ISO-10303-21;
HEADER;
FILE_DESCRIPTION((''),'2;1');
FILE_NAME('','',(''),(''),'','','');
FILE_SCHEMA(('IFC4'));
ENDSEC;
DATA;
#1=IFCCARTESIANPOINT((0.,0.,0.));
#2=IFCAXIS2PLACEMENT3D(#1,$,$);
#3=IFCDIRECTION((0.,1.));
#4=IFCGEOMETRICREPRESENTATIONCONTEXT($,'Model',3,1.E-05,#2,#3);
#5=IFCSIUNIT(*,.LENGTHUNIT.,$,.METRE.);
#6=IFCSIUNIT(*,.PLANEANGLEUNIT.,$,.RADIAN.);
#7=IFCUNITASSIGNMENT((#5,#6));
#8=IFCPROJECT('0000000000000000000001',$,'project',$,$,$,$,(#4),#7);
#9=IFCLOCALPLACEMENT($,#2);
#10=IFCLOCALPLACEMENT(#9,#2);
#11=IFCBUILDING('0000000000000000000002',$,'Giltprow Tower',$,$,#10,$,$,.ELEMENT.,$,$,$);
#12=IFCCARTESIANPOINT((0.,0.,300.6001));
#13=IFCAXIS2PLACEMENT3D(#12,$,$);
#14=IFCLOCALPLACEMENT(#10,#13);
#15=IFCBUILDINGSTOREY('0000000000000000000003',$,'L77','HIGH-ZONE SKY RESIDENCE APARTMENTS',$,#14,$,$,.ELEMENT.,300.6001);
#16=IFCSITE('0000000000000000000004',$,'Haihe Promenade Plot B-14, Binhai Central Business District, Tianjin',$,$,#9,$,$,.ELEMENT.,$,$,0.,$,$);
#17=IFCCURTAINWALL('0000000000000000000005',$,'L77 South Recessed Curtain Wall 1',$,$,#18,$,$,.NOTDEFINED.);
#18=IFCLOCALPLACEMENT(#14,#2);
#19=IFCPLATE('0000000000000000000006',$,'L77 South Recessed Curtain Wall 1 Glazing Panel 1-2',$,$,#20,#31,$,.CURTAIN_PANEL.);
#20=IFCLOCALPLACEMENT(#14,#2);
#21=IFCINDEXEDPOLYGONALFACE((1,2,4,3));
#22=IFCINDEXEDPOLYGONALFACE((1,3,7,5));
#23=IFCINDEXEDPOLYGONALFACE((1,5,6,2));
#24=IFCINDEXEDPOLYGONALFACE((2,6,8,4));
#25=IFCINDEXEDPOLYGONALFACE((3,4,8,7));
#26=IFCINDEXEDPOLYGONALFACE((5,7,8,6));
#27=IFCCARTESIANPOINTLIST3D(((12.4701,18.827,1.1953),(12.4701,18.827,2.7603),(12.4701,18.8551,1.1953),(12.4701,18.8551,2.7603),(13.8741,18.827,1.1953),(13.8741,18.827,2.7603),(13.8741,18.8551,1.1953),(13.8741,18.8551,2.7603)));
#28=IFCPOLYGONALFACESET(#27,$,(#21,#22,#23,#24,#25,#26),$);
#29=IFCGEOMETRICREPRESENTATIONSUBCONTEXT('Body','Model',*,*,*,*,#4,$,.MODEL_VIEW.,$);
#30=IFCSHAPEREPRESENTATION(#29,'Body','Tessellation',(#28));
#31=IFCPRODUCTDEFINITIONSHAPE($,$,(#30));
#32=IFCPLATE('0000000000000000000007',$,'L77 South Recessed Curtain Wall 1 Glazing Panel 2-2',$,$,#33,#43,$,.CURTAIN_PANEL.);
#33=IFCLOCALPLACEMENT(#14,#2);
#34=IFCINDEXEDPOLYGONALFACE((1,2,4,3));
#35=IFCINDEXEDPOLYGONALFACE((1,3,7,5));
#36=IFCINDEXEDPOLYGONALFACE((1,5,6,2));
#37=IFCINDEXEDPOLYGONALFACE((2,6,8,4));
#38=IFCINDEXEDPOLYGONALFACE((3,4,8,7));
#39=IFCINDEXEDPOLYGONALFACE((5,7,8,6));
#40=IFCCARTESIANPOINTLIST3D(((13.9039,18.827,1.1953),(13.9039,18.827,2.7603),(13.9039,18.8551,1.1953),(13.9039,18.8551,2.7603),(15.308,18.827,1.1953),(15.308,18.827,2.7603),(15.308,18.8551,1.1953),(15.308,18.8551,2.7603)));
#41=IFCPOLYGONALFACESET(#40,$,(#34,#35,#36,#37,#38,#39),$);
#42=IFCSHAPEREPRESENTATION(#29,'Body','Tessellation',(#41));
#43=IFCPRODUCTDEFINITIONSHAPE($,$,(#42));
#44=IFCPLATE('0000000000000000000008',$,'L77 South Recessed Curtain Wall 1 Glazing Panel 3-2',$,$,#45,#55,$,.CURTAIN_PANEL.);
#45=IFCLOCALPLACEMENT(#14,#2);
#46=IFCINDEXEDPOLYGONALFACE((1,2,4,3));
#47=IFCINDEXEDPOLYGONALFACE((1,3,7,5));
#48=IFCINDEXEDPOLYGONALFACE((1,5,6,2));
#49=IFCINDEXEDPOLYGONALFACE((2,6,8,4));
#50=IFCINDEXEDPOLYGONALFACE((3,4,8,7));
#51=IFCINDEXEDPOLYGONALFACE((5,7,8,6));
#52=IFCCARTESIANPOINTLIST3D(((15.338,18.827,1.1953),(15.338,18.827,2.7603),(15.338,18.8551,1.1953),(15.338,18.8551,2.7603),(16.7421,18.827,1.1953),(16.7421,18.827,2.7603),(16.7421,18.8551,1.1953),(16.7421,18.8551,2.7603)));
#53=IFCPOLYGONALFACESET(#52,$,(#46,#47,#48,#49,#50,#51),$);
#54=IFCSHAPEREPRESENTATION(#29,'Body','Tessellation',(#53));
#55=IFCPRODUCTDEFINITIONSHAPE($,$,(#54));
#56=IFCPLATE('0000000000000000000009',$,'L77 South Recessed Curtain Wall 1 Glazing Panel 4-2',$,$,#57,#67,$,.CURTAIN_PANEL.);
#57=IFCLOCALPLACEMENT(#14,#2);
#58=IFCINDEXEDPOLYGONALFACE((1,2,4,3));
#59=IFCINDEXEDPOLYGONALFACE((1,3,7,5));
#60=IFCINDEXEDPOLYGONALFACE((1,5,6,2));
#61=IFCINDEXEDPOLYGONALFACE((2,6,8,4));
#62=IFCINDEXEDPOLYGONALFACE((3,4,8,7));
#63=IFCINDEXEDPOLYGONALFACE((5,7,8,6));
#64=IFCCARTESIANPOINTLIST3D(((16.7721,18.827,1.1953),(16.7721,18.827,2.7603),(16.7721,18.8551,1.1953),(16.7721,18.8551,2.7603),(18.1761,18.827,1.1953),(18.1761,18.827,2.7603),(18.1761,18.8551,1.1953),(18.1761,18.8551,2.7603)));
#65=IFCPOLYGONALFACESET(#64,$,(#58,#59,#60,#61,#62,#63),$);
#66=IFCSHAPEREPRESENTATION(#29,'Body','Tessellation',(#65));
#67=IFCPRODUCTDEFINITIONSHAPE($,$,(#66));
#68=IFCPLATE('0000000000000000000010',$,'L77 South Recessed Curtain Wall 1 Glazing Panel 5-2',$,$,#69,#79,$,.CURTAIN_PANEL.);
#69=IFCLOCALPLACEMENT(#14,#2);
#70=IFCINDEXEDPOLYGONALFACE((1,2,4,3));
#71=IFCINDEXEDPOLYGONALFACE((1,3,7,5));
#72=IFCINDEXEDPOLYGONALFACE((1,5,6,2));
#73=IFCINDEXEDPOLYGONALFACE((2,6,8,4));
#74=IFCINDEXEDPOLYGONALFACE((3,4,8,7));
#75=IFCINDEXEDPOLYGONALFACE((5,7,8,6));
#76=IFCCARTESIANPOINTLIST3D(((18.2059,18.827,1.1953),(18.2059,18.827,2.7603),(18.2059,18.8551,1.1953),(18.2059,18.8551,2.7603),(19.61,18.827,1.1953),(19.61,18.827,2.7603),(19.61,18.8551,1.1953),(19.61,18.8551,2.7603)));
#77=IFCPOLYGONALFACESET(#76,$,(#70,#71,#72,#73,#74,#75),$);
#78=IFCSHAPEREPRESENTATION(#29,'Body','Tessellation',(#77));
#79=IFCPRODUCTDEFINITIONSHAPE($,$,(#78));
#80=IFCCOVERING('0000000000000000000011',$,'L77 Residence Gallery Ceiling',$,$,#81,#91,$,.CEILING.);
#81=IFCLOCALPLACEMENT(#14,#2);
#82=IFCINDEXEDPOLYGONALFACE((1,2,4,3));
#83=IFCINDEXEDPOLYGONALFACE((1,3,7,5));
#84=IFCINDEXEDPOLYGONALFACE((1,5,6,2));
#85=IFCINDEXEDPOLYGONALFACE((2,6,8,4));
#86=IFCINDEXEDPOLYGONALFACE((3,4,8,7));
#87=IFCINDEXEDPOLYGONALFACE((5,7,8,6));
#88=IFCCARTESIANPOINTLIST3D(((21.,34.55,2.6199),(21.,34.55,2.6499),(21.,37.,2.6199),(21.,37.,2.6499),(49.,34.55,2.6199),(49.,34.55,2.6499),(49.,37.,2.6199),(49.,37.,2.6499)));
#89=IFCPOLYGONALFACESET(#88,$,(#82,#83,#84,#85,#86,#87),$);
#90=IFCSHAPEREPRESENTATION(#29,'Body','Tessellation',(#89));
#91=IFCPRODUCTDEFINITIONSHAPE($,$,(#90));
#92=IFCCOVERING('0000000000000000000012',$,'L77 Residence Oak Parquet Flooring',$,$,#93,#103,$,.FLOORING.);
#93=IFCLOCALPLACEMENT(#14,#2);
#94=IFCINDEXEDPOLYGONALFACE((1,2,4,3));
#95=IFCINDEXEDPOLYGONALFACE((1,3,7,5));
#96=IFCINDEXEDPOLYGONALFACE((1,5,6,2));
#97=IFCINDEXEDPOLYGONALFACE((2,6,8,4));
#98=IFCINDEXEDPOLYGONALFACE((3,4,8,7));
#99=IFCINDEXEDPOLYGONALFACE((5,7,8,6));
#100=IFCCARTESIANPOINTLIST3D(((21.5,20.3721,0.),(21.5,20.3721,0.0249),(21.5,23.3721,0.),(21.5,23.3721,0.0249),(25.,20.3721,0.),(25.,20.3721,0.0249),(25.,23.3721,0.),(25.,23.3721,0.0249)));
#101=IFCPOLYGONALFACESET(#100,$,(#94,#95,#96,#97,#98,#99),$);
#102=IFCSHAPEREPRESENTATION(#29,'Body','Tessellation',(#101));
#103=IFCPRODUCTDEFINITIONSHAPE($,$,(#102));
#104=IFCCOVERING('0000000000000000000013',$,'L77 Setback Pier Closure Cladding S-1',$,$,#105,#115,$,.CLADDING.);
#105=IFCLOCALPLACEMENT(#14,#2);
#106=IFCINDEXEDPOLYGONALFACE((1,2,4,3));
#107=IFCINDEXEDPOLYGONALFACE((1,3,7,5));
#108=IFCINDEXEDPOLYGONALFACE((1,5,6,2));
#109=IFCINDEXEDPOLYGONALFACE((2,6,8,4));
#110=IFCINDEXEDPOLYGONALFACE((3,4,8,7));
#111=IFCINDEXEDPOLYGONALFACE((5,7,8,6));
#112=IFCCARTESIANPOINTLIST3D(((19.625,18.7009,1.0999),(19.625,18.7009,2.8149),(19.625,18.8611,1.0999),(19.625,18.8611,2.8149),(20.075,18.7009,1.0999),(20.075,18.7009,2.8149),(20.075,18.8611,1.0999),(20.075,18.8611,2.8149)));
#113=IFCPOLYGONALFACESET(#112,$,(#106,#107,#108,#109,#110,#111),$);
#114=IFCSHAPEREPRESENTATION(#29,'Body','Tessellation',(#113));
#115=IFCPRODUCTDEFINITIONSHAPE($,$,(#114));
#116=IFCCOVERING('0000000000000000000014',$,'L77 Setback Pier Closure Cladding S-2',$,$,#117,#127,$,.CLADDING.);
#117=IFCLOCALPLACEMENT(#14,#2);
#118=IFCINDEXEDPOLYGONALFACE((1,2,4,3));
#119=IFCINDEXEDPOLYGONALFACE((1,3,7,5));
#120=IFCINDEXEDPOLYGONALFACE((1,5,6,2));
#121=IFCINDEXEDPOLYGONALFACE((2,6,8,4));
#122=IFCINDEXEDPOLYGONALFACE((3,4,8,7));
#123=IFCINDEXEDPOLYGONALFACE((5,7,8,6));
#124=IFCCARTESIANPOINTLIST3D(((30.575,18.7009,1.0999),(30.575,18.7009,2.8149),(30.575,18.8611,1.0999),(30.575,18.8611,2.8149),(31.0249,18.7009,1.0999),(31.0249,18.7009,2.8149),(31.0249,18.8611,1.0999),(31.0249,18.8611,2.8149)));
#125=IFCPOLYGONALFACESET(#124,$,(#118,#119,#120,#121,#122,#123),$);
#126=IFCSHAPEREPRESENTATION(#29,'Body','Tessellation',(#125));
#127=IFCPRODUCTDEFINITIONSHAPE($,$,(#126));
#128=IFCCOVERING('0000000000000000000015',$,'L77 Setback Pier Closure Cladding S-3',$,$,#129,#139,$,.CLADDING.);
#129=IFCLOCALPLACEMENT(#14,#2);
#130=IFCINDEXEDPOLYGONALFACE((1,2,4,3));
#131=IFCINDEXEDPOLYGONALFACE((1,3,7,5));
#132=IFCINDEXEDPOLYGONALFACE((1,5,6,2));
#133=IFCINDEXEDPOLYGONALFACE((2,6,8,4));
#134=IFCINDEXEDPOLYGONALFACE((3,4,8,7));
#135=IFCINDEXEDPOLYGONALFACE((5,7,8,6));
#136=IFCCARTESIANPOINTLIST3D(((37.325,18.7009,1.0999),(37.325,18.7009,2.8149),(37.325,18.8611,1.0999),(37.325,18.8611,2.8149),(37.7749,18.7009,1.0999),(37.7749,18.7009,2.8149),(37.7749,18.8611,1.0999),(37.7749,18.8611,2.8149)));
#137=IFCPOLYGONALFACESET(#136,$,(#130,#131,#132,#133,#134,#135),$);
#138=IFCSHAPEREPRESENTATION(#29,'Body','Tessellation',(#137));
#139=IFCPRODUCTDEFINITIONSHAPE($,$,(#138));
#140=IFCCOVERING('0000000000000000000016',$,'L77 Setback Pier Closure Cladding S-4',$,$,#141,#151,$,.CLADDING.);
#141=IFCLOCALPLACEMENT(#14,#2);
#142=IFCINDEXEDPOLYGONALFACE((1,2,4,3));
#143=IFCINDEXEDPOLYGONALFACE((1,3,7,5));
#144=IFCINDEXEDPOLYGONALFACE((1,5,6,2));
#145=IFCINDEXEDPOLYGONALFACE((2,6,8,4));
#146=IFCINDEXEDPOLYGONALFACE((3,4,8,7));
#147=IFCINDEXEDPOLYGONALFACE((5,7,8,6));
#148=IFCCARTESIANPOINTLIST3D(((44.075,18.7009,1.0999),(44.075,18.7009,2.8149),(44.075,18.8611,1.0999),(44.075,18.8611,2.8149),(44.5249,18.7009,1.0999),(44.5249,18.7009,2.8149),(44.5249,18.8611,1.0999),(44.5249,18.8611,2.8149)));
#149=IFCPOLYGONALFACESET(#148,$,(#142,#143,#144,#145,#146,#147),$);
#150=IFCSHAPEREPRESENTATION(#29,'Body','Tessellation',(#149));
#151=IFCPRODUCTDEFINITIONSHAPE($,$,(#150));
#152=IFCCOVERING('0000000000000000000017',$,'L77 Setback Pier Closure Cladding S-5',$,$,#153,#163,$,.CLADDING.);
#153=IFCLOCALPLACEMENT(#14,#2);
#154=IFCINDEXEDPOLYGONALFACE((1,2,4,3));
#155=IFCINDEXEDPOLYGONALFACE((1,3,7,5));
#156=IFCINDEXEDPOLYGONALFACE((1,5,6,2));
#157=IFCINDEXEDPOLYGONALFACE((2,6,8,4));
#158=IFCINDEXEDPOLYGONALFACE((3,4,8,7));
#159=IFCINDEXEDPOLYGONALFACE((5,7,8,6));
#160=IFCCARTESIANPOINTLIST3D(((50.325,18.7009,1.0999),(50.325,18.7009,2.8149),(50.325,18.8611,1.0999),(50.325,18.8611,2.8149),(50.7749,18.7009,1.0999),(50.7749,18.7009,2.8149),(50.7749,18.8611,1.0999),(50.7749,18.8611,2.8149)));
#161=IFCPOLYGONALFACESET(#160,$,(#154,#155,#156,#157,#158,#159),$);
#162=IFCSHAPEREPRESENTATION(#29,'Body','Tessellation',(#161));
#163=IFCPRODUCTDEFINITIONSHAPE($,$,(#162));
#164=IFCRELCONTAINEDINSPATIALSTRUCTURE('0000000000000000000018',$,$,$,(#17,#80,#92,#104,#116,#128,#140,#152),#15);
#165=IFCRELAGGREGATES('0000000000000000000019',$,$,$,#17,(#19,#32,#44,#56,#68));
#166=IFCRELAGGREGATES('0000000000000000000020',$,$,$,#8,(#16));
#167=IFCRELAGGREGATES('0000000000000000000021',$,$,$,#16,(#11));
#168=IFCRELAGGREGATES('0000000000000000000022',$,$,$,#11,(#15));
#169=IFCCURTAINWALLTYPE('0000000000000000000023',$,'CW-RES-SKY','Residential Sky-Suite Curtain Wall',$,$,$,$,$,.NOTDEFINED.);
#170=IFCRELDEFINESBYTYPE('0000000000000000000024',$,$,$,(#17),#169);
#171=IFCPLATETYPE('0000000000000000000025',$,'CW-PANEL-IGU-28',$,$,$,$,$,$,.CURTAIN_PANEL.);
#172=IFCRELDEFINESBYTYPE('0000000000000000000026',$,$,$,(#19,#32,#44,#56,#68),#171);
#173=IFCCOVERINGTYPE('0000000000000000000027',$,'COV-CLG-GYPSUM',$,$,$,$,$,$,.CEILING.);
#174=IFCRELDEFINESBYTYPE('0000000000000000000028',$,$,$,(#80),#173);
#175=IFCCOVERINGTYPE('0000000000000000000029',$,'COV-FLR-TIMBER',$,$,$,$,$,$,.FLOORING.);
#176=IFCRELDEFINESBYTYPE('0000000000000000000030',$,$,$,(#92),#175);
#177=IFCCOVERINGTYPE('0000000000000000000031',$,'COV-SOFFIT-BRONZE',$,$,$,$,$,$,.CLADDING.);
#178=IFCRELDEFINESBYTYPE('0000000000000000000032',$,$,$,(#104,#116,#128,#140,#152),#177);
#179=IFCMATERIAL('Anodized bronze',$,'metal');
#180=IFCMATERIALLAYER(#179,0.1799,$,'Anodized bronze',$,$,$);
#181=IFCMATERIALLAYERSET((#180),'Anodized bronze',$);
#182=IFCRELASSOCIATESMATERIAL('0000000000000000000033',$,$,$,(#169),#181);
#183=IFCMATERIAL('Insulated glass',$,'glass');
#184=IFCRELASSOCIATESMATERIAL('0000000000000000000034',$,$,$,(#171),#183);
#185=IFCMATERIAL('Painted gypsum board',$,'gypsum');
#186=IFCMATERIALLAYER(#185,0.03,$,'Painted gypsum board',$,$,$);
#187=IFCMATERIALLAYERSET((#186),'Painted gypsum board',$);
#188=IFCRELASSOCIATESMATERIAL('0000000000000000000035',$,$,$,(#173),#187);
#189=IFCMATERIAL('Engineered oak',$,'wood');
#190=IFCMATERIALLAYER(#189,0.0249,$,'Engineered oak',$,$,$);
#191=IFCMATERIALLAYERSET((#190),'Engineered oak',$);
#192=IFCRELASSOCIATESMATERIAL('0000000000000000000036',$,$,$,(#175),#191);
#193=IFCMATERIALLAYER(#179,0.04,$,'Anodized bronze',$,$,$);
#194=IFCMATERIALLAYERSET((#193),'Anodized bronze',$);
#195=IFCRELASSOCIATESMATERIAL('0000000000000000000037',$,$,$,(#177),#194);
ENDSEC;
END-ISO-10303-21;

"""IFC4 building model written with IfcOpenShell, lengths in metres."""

from ifc_helpers import new_model, si_unit, direction, frame, origin, origin_2d, place, context, subcontext, project, spatial, polyline, rectangle, outline, extrude, source, transform, mapped, material, layer, layer_set, type_object, element, aggregate, save


model = new_model("IFC4")

# Units and contexts
model_context = context("Model", 3, precision=1e-05, world=origin(), true_north=direction((0.0, 1.0)))
body_context = subcontext(model_context, "Body", "Model", "MODEL_VIEW")
ifc_project = project(units=[si_unit("LENGTHUNIT", "METRE"), si_unit("PLANEANGLEUNIT", "RADIAN")], contexts=[model_context])

# Site, building, storey
site_placement = place(None, origin())
site = spatial("IfcSite", under=ifc_project, at=site_placement, Name="Haihe Promenade Plot B-14, Binhai Central Business District, Tianjin", CompositionType="ELEMENT", RefElevation=0.0)
building_placement = place(site_placement, origin())
building = spatial("IfcBuilding", under=site, at=building_placement, Name="Giltprow Tower", CompositionType="ELEMENT")
storey_placement = place(building_placement, frame((0.0, 0.0, 300.6001)))
storey = spatial("IfcBuildingStorey", under=building, at=storey_placement, Name="L77", Description="HIGH-ZONE SKY RESIDENCE APARTMENTS", CompositionType="ELEMENT", Elevation=300.6001)

# Curtain wall
ifc_material_1 = material(Name="Anodized bronze", Category="metal")
ifc_layer_1 = layer(ifc_material_1, 0.1799, Name="Anodized bronze")
ifc_layer_set_1 = layer_set([ifc_layer_1], Name="Anodized bronze")
curtain_wall_type = type_object("IfcCurtainWallType", Name="CW-RES-SKY", Description="Residential Sky-Suite Curtain Wall", PredefinedType="NOTDEFINED", material=ifc_layer_set_1)
curtain_wall_placement = place(storey_placement, origin())
curtain_wall = element("IfcCurtainWall", 1, at=curtain_wall_placement, inside=storey, type_object=curtain_wall_type, Name="L77 South Recessed Curtain Wall 1", PredefinedType="NOTDEFINED")

# Plates
ifc_material_2 = material(Name="Insulated glass", Category="glass")
plate_type = type_object("IfcPlateType", Name="CW-PANEL-IGU-28", PredefinedType="CURTAIN_PANEL", material=ifc_material_2)
shared_shape_1 = source(origin(), body_context, "Body", "SweptSolid", [
    extrude(rectangle(XDim=1.4041, YDim=0.0281, at=origin_2d()), origin(), (0.0, 0.0, 1.0), 1.5649),
])
plate_1_placement = place(storey_placement, frame((13.1721, 18.8411, 1.1953), z_axis=(0.0, 0.0, 1.0), x_axis=(1.0, 0.0, 0.0)))
plate_1 = element("IfcPlate", 2, at=plate_1_placement, type_object=plate_type, Name="L77 South Recessed Curtain Wall 1 Glazing Panel 1-2", PredefinedType="CURTAIN_PANEL", context=body_context, shape_type="MappedRepresentation", body=[
    mapped(shared_shape_1, transform((0.0, 0.0, 0.0), x_axis=(1.0, 0.0, 0.0), y_axis=(0.0, 1.0, 0.0), z_axis=(0.0, 0.0, 1.0), scale=1.0)),
])
plate_2_placement = place(storey_placement, frame((14.606, 18.8411, 1.1953), z_axis=(0.0, 0.0, 1.0), x_axis=(1.0, 0.0, 0.0)))
plate_2 = element("IfcPlate", 3, at=plate_2_placement, type_object=plate_type, Name="L77 South Recessed Curtain Wall 1 Glazing Panel 2-2", PredefinedType="CURTAIN_PANEL", context=body_context, shape_type="MappedRepresentation", body=[
    mapped(shared_shape_1, transform((0.0, 0.0, 0.0), x_axis=(1.0, 0.0, 0.0), y_axis=(0.0, 1.0, 0.0), z_axis=(0.0, 0.0, 1.0), scale=1.0)),
])
plate_3_placement = place(storey_placement, frame((16.04, 18.8411, 1.1953), z_axis=(0.0, 0.0, 1.0), x_axis=(1.0, 0.0, 0.0)))
plate_3 = element("IfcPlate", 4, at=plate_3_placement, type_object=plate_type, Name="L77 South Recessed Curtain Wall 1 Glazing Panel 3-2", PredefinedType="CURTAIN_PANEL", context=body_context, shape_type="MappedRepresentation", body=[
    mapped(shared_shape_1, transform((0.0, 0.0, 0.0), x_axis=(1.0, 0.0, 0.0), y_axis=(0.0, 1.0, 0.0), z_axis=(0.0, 0.0, 1.0), scale=1.0)),
])
plate_4_placement = place(storey_placement, frame((17.4741, 18.8411, 1.1953), z_axis=(0.0, 0.0, 1.0), x_axis=(1.0, 0.0, 0.0)))
plate_4 = element("IfcPlate", 5, at=plate_4_placement, type_object=plate_type, Name="L77 South Recessed Curtain Wall 1 Glazing Panel 4-2", PredefinedType="CURTAIN_PANEL", context=body_context, shape_type="MappedRepresentation", body=[
    mapped(shared_shape_1, transform((0.0, 0.0, 0.0), x_axis=(1.0, 0.0, 0.0), y_axis=(0.0, 1.0, 0.0), z_axis=(0.0, 0.0, 1.0), scale=1.0)),
])
plate_5_placement = place(storey_placement, frame((18.908, 18.8411, 1.1953), z_axis=(0.0, 0.0, 1.0), x_axis=(1.0, 0.0, 0.0)))
plate_5 = element("IfcPlate", 6, at=plate_5_placement, type_object=plate_type, Name="L77 South Recessed Curtain Wall 1 Glazing Panel 5-2", PredefinedType="CURTAIN_PANEL", context=body_context, shape_type="MappedRepresentation", body=[
    mapped(shared_shape_1, transform((0.0, 0.0, 0.0), x_axis=(1.0, 0.0, 0.0), y_axis=(0.0, 1.0, 0.0), z_axis=(0.0, 0.0, 1.0), scale=1.0)),
])
aggregate(curtain_wall, [plate_1, plate_2, plate_3, plate_4, plate_5])

# Coverings
ifc_material_3 = material(Name="Painted gypsum board", Category="gypsum")
ifc_layer_2 = layer(ifc_material_3, 0.03, Name="Painted gypsum board")
ifc_layer_set_2 = layer_set([ifc_layer_2], Name="Painted gypsum board")
covering_type_1 = type_object("IfcCoveringType", Name="COV-CLG-GYPSUM", PredefinedType="CEILING", material=ifc_layer_set_2)
covering_1_placement = place(storey_placement, frame((0.0, 0.0, 2.6199)))
element("IfcCovering", 7, at=covering_1_placement, inside=storey, type_object=covering_type_1, Name="L77 Residence Gallery Ceiling", PredefinedType="CEILING", context=body_context, shape_type="SweptSolid", body=[
    extrude(outline(polyline([(21.0, 34.55), (49.0, 34.55), (49.0, 37.0), (21.0, 37.0), (21.0, 34.55)])), origin(), (0.0, 0.0, 1.0), 0.03),
])
ifc_material_4 = material(Name="Engineered oak", Category="wood")
ifc_layer_3 = layer(ifc_material_4, 0.0249, Name="Engineered oak")
ifc_layer_set_3 = layer_set([ifc_layer_3], Name="Engineered oak")
covering_type_2 = type_object("IfcCoveringType", Name="COV-FLR-TIMBER", PredefinedType="FLOORING", material=ifc_layer_set_3)
covering_2_placement = place(storey_placement, origin())
element("IfcCovering", 8, at=covering_2_placement, inside=storey, type_object=covering_type_2, Name="L77 Residence Oak Parquet Flooring", PredefinedType="FLOORING", context=body_context, shape_type="SweptSolid", body=[
    extrude(outline(polyline([(21.5, 20.3721), (25.0, 20.3721), (25.0, 23.3721), (21.5, 23.3721), (21.5, 20.3721)])), origin(), (0.0, 0.0, 1.0), 0.0249),
])
ifc_layer_4 = layer(ifc_material_1, 0.04, Name="Anodized bronze")
ifc_layer_set_4 = layer_set([ifc_layer_4], Name="Anodized bronze")
covering_type_3 = type_object("IfcCoveringType", Name="COV-SOFFIT-BRONZE", PredefinedType="CLADDING", material=ifc_layer_set_4)
covering_3_placement = place(storey_placement, frame((0.0, 0.0, 1.0999)))
element("IfcCovering", 9, at=covering_3_placement, inside=storey, type_object=covering_type_3, Name="L77 Setback Pier Closure Cladding S-1", PredefinedType="CLADDING", context=body_context, shape_type="SweptSolid", body=[
    extrude(outline(polyline([(19.625, 18.7009), (20.075, 18.7009), (20.075, 18.8611), (19.625, 18.8611), (19.625, 18.7009)])), origin(), (0.0, 0.0, 1.0), 1.7151),
])
covering_4_placement = place(storey_placement, frame((0.0, 0.0, 1.0999)))
element("IfcCovering", 10, at=covering_4_placement, inside=storey, type_object=covering_type_3, Name="L77 Setback Pier Closure Cladding S-2", PredefinedType="CLADDING", context=body_context, shape_type="SweptSolid", body=[
    extrude(outline(polyline([(30.575, 18.7009), (31.0249, 18.7009), (31.0249, 18.8611), (30.575, 18.8611), (30.575, 18.7009)])), origin(), (0.0, 0.0, 1.0), 1.7151),
])
covering_5_placement = place(storey_placement, frame((0.0, 0.0, 1.0999)))
element("IfcCovering", 11, at=covering_5_placement, inside=storey, type_object=covering_type_3, Name="L77 Setback Pier Closure Cladding S-3", PredefinedType="CLADDING", context=body_context, shape_type="SweptSolid", body=[
    extrude(outline(polyline([(37.325, 18.7009), (37.7749, 18.7009), (37.7749, 18.8611), (37.325, 18.8611), (37.325, 18.7009)])), origin(), (0.0, 0.0, 1.0), 1.7151),
])
covering_6_placement = place(storey_placement, frame((0.0, 0.0, 1.0999)))
element("IfcCovering", 12, at=covering_6_placement, inside=storey, type_object=covering_type_3, Name="L77 Setback Pier Closure Cladding S-4", PredefinedType="CLADDING", context=body_context, shape_type="SweptSolid", body=[
    extrude(outline(polyline([(44.075, 18.7009), (44.5249, 18.7009), (44.5249, 18.8611), (44.075, 18.8611), (44.075, 18.7009)])), origin(), (0.0, 0.0, 1.0), 1.7151),
])
covering_7_placement = place(storey_placement, frame((0.0, 0.0, 1.0999)))
element("IfcCovering", 13, at=covering_7_placement, inside=storey, type_object=covering_type_3, Name="L77 Setback Pier Closure Cladding S-5", PredefinedType="CLADDING", context=body_context, shape_type="SweptSolid", body=[
    extrude(outline(polyline([(50.325, 18.7009), (50.7749, 18.7009), (50.7749, 18.8611), (50.325, 18.8611), (50.325, 18.7009)])), origin(), (0.0, 0.0, 1.0), 1.7151),
])

save(model, "model.ifc")
